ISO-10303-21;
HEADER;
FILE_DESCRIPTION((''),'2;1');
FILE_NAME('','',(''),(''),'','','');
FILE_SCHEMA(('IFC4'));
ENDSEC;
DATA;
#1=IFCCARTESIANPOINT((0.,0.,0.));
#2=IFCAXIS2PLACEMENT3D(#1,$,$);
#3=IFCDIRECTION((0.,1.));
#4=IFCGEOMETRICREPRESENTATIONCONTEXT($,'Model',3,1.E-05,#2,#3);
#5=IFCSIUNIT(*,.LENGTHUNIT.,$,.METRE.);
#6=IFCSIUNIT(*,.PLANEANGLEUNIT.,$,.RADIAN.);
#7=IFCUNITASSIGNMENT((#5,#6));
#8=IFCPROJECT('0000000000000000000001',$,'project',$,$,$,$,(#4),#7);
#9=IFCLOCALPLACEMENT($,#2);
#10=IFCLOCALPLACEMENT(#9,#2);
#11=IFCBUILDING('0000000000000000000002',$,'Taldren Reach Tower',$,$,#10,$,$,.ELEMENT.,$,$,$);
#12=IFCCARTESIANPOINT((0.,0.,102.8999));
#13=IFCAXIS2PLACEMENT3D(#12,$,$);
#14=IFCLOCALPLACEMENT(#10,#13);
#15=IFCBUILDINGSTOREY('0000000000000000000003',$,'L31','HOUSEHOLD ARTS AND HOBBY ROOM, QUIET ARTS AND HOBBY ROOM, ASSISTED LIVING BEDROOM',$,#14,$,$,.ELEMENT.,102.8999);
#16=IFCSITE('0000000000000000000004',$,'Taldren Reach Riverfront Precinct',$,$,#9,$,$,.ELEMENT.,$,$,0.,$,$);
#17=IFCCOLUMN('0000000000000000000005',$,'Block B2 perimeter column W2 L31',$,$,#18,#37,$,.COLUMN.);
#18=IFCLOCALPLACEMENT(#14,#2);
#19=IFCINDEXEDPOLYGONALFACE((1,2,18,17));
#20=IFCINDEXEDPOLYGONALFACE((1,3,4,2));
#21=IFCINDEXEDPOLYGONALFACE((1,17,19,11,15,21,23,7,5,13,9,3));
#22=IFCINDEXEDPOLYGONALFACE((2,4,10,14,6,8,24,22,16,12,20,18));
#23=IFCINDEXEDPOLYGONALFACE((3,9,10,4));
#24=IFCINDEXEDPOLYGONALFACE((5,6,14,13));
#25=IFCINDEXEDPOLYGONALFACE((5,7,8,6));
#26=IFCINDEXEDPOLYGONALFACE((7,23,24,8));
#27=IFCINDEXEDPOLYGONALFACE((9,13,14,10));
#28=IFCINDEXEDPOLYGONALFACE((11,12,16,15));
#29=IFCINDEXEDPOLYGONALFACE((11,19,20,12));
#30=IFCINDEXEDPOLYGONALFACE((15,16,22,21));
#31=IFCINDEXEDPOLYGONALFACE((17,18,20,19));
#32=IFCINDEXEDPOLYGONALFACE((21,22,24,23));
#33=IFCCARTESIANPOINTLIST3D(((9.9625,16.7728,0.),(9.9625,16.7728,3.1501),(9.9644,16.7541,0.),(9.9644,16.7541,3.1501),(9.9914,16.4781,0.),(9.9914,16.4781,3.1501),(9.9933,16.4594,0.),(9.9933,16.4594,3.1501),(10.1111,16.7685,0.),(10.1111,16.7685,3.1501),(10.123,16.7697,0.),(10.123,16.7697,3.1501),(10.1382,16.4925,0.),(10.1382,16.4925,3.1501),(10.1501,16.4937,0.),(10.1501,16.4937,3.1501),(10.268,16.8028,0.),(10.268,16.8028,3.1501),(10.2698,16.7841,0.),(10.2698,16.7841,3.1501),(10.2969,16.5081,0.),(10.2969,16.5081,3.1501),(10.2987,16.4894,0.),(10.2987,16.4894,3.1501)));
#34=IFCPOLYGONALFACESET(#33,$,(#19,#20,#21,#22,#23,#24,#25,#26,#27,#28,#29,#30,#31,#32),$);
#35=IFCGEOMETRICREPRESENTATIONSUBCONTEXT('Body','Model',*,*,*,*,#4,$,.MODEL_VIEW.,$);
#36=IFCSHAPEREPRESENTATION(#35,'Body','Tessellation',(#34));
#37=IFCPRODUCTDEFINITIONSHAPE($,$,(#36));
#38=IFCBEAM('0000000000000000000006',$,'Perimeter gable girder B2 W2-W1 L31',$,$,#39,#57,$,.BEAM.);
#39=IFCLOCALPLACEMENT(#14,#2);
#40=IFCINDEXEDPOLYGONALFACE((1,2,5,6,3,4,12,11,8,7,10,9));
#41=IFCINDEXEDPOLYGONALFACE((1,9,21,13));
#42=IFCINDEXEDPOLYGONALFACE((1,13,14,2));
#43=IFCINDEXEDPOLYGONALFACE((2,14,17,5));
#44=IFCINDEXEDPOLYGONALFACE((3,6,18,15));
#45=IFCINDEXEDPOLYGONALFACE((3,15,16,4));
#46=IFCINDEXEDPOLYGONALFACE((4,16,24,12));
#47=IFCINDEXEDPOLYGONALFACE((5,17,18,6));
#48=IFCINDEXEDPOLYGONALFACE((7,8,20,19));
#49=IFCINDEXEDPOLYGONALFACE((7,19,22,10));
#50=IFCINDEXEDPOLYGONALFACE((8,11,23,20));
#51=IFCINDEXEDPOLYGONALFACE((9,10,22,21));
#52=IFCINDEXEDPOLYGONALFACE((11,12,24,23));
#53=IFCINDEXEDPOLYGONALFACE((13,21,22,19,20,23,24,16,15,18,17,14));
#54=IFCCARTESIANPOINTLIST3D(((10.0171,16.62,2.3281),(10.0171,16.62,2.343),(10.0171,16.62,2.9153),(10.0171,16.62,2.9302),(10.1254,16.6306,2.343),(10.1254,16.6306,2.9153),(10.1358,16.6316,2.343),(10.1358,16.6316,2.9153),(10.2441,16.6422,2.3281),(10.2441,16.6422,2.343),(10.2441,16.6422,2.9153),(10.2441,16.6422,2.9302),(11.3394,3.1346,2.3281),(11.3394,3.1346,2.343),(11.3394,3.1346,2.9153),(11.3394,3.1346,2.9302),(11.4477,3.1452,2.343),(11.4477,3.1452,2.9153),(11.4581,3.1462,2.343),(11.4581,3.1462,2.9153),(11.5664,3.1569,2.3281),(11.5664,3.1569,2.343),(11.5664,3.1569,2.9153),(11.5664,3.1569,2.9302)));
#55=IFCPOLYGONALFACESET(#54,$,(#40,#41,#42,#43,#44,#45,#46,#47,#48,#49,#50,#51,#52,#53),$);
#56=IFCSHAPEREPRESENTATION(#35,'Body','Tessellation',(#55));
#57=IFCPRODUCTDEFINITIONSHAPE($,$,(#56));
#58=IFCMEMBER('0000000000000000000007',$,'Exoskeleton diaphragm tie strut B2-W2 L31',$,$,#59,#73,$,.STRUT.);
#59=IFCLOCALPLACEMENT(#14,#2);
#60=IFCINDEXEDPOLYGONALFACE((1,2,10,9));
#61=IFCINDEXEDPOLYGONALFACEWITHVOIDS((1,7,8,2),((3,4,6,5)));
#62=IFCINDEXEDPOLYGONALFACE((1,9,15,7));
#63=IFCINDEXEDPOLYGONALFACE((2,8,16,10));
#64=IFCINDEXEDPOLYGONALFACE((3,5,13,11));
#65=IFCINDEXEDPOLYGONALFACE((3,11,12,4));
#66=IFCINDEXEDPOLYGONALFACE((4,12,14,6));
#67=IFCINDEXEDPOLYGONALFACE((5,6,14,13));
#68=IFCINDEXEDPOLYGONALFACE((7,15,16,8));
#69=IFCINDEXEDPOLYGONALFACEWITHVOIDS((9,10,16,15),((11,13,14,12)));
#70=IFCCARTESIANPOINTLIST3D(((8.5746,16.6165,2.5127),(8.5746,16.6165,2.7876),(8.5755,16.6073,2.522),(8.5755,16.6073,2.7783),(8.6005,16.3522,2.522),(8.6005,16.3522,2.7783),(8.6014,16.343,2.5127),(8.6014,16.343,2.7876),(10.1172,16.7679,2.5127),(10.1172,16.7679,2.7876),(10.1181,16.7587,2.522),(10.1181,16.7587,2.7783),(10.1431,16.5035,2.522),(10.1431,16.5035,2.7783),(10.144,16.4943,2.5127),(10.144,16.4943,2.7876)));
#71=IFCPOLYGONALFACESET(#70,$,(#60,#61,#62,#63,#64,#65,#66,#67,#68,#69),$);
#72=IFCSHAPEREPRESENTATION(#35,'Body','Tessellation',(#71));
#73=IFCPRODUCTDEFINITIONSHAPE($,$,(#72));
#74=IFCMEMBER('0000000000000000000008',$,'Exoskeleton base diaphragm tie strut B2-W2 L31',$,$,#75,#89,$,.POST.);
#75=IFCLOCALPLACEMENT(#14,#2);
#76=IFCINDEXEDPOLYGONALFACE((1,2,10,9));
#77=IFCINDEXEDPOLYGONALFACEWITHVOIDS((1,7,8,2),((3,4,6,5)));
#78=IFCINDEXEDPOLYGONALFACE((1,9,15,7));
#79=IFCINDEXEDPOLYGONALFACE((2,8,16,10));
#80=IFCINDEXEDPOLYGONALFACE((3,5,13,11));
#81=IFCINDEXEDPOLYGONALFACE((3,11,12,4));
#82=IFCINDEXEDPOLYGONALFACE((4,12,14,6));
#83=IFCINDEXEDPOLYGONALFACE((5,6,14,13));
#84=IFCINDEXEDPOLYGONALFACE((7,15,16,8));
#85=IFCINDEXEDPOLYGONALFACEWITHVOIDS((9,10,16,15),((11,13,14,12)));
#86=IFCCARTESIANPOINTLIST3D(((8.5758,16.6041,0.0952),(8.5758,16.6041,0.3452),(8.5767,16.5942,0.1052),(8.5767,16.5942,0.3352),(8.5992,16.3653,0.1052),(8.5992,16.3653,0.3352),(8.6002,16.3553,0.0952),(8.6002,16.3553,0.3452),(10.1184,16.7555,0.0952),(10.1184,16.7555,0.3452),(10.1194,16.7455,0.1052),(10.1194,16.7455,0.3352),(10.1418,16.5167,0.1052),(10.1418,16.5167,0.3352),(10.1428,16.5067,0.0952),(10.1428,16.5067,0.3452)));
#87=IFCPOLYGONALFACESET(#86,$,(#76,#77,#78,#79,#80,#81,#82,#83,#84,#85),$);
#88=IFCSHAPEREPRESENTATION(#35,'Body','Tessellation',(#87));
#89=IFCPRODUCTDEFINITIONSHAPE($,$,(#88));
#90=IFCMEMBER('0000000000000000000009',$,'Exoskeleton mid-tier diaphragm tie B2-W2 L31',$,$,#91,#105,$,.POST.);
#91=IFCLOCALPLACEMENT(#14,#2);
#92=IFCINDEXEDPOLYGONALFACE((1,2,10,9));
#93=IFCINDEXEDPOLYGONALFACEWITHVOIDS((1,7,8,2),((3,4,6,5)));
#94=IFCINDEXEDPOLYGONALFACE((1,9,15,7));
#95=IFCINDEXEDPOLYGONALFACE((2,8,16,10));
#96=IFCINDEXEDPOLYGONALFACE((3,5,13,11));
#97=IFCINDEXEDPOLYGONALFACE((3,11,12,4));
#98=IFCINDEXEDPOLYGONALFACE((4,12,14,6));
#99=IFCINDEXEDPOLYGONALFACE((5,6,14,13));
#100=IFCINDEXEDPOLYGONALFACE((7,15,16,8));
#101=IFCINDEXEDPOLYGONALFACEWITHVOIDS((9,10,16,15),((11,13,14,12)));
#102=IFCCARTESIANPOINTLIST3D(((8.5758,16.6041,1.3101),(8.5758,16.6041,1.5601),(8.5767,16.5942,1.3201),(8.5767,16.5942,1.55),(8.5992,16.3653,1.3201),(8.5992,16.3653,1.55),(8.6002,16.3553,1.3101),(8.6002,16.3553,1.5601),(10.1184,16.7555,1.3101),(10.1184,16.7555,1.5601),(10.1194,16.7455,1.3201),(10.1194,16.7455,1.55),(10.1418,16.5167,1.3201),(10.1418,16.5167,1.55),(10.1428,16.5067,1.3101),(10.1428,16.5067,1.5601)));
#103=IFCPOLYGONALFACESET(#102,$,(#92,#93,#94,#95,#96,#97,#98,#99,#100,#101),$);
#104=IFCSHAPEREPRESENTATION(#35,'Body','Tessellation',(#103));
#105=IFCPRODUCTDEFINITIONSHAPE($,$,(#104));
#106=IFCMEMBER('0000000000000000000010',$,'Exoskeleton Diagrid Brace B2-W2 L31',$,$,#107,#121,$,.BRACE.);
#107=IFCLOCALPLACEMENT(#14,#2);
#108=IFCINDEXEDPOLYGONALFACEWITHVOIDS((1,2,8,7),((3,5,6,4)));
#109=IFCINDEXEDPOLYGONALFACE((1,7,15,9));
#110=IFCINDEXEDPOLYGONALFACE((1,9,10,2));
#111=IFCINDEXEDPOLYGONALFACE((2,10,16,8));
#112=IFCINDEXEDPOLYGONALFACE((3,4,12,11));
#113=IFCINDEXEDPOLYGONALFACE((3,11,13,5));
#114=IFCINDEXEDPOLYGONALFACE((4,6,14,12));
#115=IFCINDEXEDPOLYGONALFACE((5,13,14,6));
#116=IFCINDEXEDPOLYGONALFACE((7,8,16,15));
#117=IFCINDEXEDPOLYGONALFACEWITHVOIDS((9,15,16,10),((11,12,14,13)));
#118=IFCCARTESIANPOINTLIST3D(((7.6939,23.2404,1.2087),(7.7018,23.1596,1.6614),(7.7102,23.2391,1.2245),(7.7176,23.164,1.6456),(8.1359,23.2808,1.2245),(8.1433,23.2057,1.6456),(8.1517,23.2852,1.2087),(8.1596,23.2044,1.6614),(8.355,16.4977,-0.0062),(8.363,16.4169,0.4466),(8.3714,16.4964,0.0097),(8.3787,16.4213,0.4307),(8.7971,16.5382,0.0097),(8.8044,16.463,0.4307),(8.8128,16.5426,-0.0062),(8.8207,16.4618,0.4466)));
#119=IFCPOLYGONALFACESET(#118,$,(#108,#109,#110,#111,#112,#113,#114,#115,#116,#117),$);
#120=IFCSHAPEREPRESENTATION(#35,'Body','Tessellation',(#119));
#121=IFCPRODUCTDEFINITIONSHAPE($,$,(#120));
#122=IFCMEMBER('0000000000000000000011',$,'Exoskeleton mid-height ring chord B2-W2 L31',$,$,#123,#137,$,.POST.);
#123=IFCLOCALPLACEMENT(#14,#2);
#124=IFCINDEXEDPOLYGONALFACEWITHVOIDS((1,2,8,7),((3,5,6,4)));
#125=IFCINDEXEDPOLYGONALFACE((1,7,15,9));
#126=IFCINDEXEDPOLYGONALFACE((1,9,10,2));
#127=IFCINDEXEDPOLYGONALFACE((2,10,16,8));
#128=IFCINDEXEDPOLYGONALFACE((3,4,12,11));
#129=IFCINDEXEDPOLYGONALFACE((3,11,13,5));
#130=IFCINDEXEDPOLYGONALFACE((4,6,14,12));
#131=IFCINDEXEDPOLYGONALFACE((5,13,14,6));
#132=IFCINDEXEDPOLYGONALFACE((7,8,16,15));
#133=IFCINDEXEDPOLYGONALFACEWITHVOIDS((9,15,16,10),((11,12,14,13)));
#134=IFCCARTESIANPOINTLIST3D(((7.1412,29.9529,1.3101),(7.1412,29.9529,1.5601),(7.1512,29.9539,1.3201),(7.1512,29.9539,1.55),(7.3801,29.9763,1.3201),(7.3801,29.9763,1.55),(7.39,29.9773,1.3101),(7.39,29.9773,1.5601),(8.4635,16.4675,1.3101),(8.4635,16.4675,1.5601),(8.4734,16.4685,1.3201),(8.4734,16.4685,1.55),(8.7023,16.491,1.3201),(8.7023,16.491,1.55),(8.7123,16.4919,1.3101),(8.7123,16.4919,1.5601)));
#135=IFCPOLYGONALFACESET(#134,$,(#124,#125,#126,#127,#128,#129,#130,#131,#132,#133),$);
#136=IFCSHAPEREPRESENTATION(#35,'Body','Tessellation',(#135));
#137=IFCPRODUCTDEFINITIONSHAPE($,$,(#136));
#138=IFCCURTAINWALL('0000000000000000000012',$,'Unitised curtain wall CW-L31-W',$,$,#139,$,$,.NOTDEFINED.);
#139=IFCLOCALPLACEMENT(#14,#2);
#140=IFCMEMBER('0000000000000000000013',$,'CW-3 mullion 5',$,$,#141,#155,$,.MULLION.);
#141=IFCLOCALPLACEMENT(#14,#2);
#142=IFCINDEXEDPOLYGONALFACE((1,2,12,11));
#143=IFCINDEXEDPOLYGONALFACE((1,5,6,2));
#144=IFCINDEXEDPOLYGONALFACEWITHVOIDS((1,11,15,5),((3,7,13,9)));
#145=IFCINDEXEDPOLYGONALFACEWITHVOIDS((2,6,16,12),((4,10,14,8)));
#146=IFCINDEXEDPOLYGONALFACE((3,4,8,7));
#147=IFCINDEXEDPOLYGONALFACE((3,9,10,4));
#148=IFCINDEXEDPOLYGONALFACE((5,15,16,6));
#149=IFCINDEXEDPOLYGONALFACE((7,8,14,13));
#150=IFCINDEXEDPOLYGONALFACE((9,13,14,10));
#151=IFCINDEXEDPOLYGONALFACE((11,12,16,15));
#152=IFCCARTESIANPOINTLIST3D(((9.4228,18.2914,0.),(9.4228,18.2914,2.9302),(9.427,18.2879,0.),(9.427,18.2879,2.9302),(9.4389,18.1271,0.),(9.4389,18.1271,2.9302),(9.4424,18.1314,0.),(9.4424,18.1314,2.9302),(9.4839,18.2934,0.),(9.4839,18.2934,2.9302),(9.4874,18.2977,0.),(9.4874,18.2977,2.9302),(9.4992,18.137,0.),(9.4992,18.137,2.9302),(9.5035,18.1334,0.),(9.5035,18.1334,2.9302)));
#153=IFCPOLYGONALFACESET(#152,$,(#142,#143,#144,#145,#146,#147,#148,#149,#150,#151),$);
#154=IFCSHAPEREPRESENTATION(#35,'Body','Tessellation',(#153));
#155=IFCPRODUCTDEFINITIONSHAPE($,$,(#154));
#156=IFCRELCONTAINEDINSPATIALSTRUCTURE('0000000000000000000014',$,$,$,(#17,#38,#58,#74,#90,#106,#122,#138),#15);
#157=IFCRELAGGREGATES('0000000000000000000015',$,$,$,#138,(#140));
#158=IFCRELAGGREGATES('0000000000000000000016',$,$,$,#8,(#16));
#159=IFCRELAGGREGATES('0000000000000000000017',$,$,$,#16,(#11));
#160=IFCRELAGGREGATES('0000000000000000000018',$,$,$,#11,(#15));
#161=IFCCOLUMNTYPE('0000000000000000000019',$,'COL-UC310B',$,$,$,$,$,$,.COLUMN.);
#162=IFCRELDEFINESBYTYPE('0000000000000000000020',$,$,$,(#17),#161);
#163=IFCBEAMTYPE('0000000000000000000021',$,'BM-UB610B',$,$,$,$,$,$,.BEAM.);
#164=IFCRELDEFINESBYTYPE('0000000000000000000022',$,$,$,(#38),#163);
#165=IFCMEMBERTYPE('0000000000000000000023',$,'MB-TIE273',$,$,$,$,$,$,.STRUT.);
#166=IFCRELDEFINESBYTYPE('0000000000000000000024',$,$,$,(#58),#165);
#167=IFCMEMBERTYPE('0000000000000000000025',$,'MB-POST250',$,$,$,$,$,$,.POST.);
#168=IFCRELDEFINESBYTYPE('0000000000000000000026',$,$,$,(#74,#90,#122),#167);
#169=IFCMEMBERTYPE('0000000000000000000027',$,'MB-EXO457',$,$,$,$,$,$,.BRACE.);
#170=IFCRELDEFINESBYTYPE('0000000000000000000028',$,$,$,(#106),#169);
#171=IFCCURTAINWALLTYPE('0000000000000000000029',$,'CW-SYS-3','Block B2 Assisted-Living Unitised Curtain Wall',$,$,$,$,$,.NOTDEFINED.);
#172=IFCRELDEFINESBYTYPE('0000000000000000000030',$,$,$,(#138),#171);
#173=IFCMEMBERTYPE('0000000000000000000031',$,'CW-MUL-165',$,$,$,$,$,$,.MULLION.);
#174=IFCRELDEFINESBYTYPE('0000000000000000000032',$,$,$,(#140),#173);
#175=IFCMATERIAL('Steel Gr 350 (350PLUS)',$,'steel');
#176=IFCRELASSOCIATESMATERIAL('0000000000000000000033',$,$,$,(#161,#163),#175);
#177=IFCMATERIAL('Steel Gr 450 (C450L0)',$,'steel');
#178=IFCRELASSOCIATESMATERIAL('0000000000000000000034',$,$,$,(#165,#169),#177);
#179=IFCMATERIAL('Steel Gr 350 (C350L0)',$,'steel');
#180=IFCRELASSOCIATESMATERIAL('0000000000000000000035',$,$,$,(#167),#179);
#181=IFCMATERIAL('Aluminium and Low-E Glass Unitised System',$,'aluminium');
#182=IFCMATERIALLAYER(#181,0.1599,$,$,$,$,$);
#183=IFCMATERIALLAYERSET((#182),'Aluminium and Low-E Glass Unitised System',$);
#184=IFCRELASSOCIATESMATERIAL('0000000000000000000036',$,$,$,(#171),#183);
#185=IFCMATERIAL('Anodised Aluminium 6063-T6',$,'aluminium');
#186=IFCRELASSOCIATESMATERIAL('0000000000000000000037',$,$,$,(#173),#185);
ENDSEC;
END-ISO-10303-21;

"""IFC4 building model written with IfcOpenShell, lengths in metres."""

from ifc_helpers import new_model, si_unit, direction, frame, origin, origin_2d, place, context, subcontext, project, spatial, hollow_rectangle, i_section, extrude, source, transform, mapped, material, layer, layer_set, material_profile, profile_set, type_object, element, aggregate, save


model = new_model("IFC4")

# Units and contexts
model_context = context("Model", 3, precision=1e-05, world=origin(), true_north=direction((0.0, 1.0)))
body_context = subcontext(model_context, "Body", "Model", "MODEL_VIEW")
ifc_project = project(units=[si_unit("LENGTHUNIT", "METRE"), si_unit("PLANEANGLEUNIT", "RADIAN")], contexts=[model_context])

# Site, building, storey
site_placement = place(None, origin())
site = spatial("IfcSite", under=ifc_project, at=site_placement, Name="Taldren Reach Riverfront Precinct", CompositionType="ELEMENT", RefElevation=0.0)
building_placement = place(site_placement, origin())
building = spatial("IfcBuilding", under=site, at=building_placement, Name="Taldren Reach Tower", CompositionType="ELEMENT")
storey_placement = place(building_placement, frame((0.0, 0.0, 102.8999)))
storey = spatial("IfcBuildingStorey", under=building, at=storey_placement, Name="L31", Description="HOUSEHOLD ARTS AND HOBBY ROOM, QUIET ARTS AND HOBBY ROOM, ASSISTED LIVING BEDROOM", CompositionType="ELEMENT", Elevation=102.8999)

# Column
ifc_material_1 = material(Name="Steel Gr 350 (350PLUS)", Category="steel")
ifc_material_profile_1 = material_profile(ifc_material_1, i_section(OverallWidth=0.3069, OverallDepth=0.3149, WebThickness=0.012, FlangeThickness=0.0188, at=origin_2d()), Name="310UC118")
ifc_profile_set_1 = profile_set([ifc_material_profile_1], Name="Steel Gr 350 (350PLUS)")
column_type = type_object("IfcColumnType", Name="COL-UC310B", PredefinedType="COLUMN", material=ifc_profile_set_1)
shared_shape_1 = source(origin(), body_context, "Body", "SweptSolid", [
    extrude(i_section(OverallWidth=0.3069, OverallDepth=0.3149, WebThickness=0.012, FlangeThickness=0.0188, at=origin_2d()), origin(), (0.0, 0.0, 1.0), 3.1501),
])
column_placement = place(storey_placement, frame((10.1306, 16.6311, 0.0), z_axis=(0.0, 0.0, 1.0), x_axis=(0.995227, 0.097583, 0.0)))
element("IfcColumn", 1, at=column_placement, inside=storey, type_object=column_type, Name="Block B2 perimeter column W2 L31", PredefinedType="COLUMN", context=body_context, shape_type="MappedRepresentation", body=[
    mapped(shared_shape_1, transform((0.0, 0.0, 0.0), scale=1.0)),
])

# Beam
ifc_material_profile_2 = material_profile(ifc_material_1, i_section(OverallWidth=0.228, OverallDepth=0.6021, WebThickness=0.0105, FlangeThickness=0.0149, at=origin_2d()), Name="610UB101")
ifc_profile_set_2 = profile_set([ifc_material_profile_2], Name="Steel Gr 350 (350PLUS)")
beam_type = type_object("IfcBeamType", Name="BM-UB610B", PredefinedType="BEAM", material=ifc_profile_set_2)
shared_shape_2 = source(origin(), body_context, "Body", "SweptSolid", [
    extrude(i_section(OverallWidth=0.228, OverallDepth=0.6021, WebThickness=0.0105, FlangeThickness=0.0149, at=origin_2d()), origin(), (0.0, 0.0, 1.0), 13.55),
])
beam_placement = place(storey_placement, frame((10.1306, 16.6311, 2.6292), z_axis=(0.097584, -0.995227, 0.0), x_axis=(0.995227, 0.097584, 0.0)))
element("IfcBeam", 2, at=beam_placement, inside=storey, type_object=beam_type, Name="Perimeter gable girder B2 W2-W1 L31", PredefinedType="BEAM", context=body_context, shape_type="MappedRepresentation", body=[
    mapped(shared_shape_2, transform((0.0, 0.0, 0.0), scale=1.0)),
])

# Members
ifc_material_2 = material(Name="Steel Gr 450 (C450L0)", Category="steel")
ifc_material_profile_3 = material_profile(ifc_material_2, hollow_rectangle(XDim=0.2749, YDim=0.2749, WallThickness=0.0093, at=origin_2d()), Name="275x275x9.3SHS")
ifc_profile_set_3 = profile_set([ifc_material_profile_3], Name="Steel Gr 450 (C450L0)")
member_type_1 = type_object("IfcMemberType", Name="MB-TIE273", PredefinedType="STRUT", material=ifc_profile_set_3)
shared_shape_3 = source(origin(), body_context, "Body", "SweptSolid", [
    extrude(hollow_rectangle(XDim=0.2749, YDim=0.2749, WallThickness=0.0093, at=origin_2d()), origin(), (0.0, 0.0, 1.0), 1.55),
])
member_1_placement = place(storey_placement, frame((10.1306, 16.6311, 2.6501), z_axis=(-0.995221, -0.097648, 0.0), x_axis=(0.097648, -0.995221, 0.0)))
element("IfcMember", 3, at=member_1_placement, inside=storey, type_object=member_type_1, Name="Exoskeleton diaphragm tie strut B2-W2 L31", PredefinedType="STRUT", context=body_context, shape_type="MappedRepresentation", body=[
    mapped(shared_shape_3, transform((0.0, 0.0, 0.0), scale=1.0)),
])
ifc_material_3 = material(Name="Steel Gr 350 (C350L0)", Category="steel")
ifc_material_profile_4 = material_profile(ifc_material_3, hollow_rectangle(XDim=0.25, YDim=0.25, WallThickness=0.01, at=origin_2d()), Name="250x250x10.0SHS")
ifc_profile_set_4 = profile_set([ifc_material_profile_4], Name="Steel Gr 350 (C350L0)")
member_type_2 = type_object("IfcMemberType", Name="MB-POST250", PredefinedType="POST", material=ifc_profile_set_4)
shared_shape_4 = source(origin(), body_context, "Body", "SweptSolid", [
    extrude(hollow_rectangle(XDim=0.25, YDim=0.25, WallThickness=0.01, at=origin_2d()), origin(), (0.0, 0.0, 1.0), 1.55),
])
for number, where, z_axis, x_axis, name in (
    (4, (10.1306, 16.6311, 0.2202), (-0.995221, -0.097648, 0.0), (0.097648, -0.995221, 0.0), "Exoskeleton base diaphragm tie strut B2-W2 L31"),
    (5, (10.1306, 16.6311, 1.4351), (-0.995221, -0.097648, 0.0), (0.097648, -0.995221, 0.0), "Exoskeleton mid-tier diaphragm tie B2-W2 L31"),
):
    element("IfcMember", number, at=place(storey_placement, frame(where, z_axis=z_axis, x_axis=x_axis)), inside=storey, type_object=member_type_2, Name=name, PredefinedType="POST", context=body_context, shape_type="MappedRepresentation", body=[
        mapped(shared_shape_4, transform((0.0, 0.0, 0.0), scale=1.0)),
    ])
ifc_material_profile_5 = material_profile(ifc_material_2, hollow_rectangle(XDim=0.46, YDim=0.46, WallThickness=0.0161, at=origin_2d()), Name="460x460x16.0SHS")
ifc_profile_set_5 = profile_set([ifc_material_profile_5], Name="Steel Gr 450 (C450L0)")
member_type_3 = type_object("IfcMemberType", Name="MB-EXO457", PredefinedType="BRACE", material=ifc_profile_set_5)
shared_shape_5 = source(origin(), body_context, "Body", "SweptSolid", [
    extrude(hollow_rectangle(XDim=0.46, YDim=0.46, WallThickness=0.0161, at=origin_2d()), origin(), (0.0, 0.0, 1.0), 6.8831),
])
member_2_placement = place(storey_placement, frame((8.5879, 16.4797, 0.2202), z_axis=(-0.096052, 0.979603, 0.176497), x_axis=(-0.995227, -0.097584, 0.0)))
element("IfcMember", 6, at=member_2_placement, inside=storey, type_object=member_type_3, Name="Exoskeleton Diagrid Brace B2-W2 L31", PredefinedType="BRACE", context=body_context, shape_type="MappedRepresentation", body=[
    mapped(shared_shape_5, transform((0.0, 0.0, 0.0), scale=1.0)),
])
shared_shape_6 = source(origin(), body_context, "Body", "SweptSolid", [
    extrude(hollow_rectangle(XDim=0.25, YDim=0.25, WallThickness=0.01, at=origin_2d()), origin(), (0.0, 0.0, 1.0), 13.55),
])
member_3_placement = place(storey_placement, frame((8.5879, 16.4797, 1.4351), z_axis=(-0.097584, 0.995227, 0.0), x_axis=(-0.995227, -0.097584, 0.0)))
element("IfcMember", 7, at=member_3_placement, inside=storey, type_object=member_type_2, Name="Exoskeleton mid-height ring chord B2-W2 L31", PredefinedType="POST", context=body_context, shape_type="MappedRepresentation", body=[
    mapped(shared_shape_6, transform((0.0, 0.0, 0.0), scale=1.0)),
])

# Curtain wall, member
ifc_material_4 = material(Name="Aluminium and Low-E Glass Unitised System", Category="aluminium")
ifc_layer_1 = layer(ifc_material_4, 0.1599)
ifc_layer_set_1 = layer_set([ifc_layer_1], Name="Aluminium and Low-E Glass Unitised System")
curtain_wall_type = type_object("IfcCurtainWallType", Name="CW-SYS-3", Description="Block B2 Assisted-Living Unitised Curtain Wall", PredefinedType="NOTDEFINED", material=ifc_layer_set_1)
curtain_wall_placement = place(storey_placement, origin())
curtain_wall = element("IfcCurtainWall", 8, at=curtain_wall_placement, inside=storey, type_object=curtain_wall_type, Name="Unitised curtain wall CW-L31-W", PredefinedType="NOTDEFINED")
ifc_material_5 = material(Name="Anodised Aluminium 6063-T6", Category="aluminium")
ifc_material_profile_6 = material_profile(ifc_material_5, hollow_rectangle(XDim=0.0649, YDim=0.165, WallThickness=0.0039, at=origin_2d()), Name="ALU-165x65x4RHS")
ifc_profile_set_6 = profile_set([ifc_material_profile_6], Name="Anodised Aluminium 6063-T6")
member_type_4 = type_object("IfcMemberType", Name="CW-MUL-165", PredefinedType="MULLION", material=ifc_profile_set_6)
shared_shape_7 = source(origin(), body_context, "Body", "SweptSolid", [
    extrude(hollow_rectangle(XDim=0.0649, YDim=0.165, WallThickness=0.0039, at=origin_2d()), origin(), (0.0, 0.0, 1.0), 2.9302),
])
member_4_placement = place(storey_placement, frame((9.4631, 18.2124, 0.0), z_axis=(0.0, 0.0, 1.0), x_axis=(0.995227, 0.097583, 0.0)))
member_4 = element("IfcMember", 9, at=member_4_placement, type_object=member_type_4, Name="CW-3 mullion 5", PredefinedType="MULLION", context=body_context, shape_type="MappedRepresentation", body=[
    mapped(shared_shape_7, transform((0.0, 0.0, 0.0), scale=1.0)),
])
aggregate(curtain_wall, [member_4])

save(model, "model.ifc")
